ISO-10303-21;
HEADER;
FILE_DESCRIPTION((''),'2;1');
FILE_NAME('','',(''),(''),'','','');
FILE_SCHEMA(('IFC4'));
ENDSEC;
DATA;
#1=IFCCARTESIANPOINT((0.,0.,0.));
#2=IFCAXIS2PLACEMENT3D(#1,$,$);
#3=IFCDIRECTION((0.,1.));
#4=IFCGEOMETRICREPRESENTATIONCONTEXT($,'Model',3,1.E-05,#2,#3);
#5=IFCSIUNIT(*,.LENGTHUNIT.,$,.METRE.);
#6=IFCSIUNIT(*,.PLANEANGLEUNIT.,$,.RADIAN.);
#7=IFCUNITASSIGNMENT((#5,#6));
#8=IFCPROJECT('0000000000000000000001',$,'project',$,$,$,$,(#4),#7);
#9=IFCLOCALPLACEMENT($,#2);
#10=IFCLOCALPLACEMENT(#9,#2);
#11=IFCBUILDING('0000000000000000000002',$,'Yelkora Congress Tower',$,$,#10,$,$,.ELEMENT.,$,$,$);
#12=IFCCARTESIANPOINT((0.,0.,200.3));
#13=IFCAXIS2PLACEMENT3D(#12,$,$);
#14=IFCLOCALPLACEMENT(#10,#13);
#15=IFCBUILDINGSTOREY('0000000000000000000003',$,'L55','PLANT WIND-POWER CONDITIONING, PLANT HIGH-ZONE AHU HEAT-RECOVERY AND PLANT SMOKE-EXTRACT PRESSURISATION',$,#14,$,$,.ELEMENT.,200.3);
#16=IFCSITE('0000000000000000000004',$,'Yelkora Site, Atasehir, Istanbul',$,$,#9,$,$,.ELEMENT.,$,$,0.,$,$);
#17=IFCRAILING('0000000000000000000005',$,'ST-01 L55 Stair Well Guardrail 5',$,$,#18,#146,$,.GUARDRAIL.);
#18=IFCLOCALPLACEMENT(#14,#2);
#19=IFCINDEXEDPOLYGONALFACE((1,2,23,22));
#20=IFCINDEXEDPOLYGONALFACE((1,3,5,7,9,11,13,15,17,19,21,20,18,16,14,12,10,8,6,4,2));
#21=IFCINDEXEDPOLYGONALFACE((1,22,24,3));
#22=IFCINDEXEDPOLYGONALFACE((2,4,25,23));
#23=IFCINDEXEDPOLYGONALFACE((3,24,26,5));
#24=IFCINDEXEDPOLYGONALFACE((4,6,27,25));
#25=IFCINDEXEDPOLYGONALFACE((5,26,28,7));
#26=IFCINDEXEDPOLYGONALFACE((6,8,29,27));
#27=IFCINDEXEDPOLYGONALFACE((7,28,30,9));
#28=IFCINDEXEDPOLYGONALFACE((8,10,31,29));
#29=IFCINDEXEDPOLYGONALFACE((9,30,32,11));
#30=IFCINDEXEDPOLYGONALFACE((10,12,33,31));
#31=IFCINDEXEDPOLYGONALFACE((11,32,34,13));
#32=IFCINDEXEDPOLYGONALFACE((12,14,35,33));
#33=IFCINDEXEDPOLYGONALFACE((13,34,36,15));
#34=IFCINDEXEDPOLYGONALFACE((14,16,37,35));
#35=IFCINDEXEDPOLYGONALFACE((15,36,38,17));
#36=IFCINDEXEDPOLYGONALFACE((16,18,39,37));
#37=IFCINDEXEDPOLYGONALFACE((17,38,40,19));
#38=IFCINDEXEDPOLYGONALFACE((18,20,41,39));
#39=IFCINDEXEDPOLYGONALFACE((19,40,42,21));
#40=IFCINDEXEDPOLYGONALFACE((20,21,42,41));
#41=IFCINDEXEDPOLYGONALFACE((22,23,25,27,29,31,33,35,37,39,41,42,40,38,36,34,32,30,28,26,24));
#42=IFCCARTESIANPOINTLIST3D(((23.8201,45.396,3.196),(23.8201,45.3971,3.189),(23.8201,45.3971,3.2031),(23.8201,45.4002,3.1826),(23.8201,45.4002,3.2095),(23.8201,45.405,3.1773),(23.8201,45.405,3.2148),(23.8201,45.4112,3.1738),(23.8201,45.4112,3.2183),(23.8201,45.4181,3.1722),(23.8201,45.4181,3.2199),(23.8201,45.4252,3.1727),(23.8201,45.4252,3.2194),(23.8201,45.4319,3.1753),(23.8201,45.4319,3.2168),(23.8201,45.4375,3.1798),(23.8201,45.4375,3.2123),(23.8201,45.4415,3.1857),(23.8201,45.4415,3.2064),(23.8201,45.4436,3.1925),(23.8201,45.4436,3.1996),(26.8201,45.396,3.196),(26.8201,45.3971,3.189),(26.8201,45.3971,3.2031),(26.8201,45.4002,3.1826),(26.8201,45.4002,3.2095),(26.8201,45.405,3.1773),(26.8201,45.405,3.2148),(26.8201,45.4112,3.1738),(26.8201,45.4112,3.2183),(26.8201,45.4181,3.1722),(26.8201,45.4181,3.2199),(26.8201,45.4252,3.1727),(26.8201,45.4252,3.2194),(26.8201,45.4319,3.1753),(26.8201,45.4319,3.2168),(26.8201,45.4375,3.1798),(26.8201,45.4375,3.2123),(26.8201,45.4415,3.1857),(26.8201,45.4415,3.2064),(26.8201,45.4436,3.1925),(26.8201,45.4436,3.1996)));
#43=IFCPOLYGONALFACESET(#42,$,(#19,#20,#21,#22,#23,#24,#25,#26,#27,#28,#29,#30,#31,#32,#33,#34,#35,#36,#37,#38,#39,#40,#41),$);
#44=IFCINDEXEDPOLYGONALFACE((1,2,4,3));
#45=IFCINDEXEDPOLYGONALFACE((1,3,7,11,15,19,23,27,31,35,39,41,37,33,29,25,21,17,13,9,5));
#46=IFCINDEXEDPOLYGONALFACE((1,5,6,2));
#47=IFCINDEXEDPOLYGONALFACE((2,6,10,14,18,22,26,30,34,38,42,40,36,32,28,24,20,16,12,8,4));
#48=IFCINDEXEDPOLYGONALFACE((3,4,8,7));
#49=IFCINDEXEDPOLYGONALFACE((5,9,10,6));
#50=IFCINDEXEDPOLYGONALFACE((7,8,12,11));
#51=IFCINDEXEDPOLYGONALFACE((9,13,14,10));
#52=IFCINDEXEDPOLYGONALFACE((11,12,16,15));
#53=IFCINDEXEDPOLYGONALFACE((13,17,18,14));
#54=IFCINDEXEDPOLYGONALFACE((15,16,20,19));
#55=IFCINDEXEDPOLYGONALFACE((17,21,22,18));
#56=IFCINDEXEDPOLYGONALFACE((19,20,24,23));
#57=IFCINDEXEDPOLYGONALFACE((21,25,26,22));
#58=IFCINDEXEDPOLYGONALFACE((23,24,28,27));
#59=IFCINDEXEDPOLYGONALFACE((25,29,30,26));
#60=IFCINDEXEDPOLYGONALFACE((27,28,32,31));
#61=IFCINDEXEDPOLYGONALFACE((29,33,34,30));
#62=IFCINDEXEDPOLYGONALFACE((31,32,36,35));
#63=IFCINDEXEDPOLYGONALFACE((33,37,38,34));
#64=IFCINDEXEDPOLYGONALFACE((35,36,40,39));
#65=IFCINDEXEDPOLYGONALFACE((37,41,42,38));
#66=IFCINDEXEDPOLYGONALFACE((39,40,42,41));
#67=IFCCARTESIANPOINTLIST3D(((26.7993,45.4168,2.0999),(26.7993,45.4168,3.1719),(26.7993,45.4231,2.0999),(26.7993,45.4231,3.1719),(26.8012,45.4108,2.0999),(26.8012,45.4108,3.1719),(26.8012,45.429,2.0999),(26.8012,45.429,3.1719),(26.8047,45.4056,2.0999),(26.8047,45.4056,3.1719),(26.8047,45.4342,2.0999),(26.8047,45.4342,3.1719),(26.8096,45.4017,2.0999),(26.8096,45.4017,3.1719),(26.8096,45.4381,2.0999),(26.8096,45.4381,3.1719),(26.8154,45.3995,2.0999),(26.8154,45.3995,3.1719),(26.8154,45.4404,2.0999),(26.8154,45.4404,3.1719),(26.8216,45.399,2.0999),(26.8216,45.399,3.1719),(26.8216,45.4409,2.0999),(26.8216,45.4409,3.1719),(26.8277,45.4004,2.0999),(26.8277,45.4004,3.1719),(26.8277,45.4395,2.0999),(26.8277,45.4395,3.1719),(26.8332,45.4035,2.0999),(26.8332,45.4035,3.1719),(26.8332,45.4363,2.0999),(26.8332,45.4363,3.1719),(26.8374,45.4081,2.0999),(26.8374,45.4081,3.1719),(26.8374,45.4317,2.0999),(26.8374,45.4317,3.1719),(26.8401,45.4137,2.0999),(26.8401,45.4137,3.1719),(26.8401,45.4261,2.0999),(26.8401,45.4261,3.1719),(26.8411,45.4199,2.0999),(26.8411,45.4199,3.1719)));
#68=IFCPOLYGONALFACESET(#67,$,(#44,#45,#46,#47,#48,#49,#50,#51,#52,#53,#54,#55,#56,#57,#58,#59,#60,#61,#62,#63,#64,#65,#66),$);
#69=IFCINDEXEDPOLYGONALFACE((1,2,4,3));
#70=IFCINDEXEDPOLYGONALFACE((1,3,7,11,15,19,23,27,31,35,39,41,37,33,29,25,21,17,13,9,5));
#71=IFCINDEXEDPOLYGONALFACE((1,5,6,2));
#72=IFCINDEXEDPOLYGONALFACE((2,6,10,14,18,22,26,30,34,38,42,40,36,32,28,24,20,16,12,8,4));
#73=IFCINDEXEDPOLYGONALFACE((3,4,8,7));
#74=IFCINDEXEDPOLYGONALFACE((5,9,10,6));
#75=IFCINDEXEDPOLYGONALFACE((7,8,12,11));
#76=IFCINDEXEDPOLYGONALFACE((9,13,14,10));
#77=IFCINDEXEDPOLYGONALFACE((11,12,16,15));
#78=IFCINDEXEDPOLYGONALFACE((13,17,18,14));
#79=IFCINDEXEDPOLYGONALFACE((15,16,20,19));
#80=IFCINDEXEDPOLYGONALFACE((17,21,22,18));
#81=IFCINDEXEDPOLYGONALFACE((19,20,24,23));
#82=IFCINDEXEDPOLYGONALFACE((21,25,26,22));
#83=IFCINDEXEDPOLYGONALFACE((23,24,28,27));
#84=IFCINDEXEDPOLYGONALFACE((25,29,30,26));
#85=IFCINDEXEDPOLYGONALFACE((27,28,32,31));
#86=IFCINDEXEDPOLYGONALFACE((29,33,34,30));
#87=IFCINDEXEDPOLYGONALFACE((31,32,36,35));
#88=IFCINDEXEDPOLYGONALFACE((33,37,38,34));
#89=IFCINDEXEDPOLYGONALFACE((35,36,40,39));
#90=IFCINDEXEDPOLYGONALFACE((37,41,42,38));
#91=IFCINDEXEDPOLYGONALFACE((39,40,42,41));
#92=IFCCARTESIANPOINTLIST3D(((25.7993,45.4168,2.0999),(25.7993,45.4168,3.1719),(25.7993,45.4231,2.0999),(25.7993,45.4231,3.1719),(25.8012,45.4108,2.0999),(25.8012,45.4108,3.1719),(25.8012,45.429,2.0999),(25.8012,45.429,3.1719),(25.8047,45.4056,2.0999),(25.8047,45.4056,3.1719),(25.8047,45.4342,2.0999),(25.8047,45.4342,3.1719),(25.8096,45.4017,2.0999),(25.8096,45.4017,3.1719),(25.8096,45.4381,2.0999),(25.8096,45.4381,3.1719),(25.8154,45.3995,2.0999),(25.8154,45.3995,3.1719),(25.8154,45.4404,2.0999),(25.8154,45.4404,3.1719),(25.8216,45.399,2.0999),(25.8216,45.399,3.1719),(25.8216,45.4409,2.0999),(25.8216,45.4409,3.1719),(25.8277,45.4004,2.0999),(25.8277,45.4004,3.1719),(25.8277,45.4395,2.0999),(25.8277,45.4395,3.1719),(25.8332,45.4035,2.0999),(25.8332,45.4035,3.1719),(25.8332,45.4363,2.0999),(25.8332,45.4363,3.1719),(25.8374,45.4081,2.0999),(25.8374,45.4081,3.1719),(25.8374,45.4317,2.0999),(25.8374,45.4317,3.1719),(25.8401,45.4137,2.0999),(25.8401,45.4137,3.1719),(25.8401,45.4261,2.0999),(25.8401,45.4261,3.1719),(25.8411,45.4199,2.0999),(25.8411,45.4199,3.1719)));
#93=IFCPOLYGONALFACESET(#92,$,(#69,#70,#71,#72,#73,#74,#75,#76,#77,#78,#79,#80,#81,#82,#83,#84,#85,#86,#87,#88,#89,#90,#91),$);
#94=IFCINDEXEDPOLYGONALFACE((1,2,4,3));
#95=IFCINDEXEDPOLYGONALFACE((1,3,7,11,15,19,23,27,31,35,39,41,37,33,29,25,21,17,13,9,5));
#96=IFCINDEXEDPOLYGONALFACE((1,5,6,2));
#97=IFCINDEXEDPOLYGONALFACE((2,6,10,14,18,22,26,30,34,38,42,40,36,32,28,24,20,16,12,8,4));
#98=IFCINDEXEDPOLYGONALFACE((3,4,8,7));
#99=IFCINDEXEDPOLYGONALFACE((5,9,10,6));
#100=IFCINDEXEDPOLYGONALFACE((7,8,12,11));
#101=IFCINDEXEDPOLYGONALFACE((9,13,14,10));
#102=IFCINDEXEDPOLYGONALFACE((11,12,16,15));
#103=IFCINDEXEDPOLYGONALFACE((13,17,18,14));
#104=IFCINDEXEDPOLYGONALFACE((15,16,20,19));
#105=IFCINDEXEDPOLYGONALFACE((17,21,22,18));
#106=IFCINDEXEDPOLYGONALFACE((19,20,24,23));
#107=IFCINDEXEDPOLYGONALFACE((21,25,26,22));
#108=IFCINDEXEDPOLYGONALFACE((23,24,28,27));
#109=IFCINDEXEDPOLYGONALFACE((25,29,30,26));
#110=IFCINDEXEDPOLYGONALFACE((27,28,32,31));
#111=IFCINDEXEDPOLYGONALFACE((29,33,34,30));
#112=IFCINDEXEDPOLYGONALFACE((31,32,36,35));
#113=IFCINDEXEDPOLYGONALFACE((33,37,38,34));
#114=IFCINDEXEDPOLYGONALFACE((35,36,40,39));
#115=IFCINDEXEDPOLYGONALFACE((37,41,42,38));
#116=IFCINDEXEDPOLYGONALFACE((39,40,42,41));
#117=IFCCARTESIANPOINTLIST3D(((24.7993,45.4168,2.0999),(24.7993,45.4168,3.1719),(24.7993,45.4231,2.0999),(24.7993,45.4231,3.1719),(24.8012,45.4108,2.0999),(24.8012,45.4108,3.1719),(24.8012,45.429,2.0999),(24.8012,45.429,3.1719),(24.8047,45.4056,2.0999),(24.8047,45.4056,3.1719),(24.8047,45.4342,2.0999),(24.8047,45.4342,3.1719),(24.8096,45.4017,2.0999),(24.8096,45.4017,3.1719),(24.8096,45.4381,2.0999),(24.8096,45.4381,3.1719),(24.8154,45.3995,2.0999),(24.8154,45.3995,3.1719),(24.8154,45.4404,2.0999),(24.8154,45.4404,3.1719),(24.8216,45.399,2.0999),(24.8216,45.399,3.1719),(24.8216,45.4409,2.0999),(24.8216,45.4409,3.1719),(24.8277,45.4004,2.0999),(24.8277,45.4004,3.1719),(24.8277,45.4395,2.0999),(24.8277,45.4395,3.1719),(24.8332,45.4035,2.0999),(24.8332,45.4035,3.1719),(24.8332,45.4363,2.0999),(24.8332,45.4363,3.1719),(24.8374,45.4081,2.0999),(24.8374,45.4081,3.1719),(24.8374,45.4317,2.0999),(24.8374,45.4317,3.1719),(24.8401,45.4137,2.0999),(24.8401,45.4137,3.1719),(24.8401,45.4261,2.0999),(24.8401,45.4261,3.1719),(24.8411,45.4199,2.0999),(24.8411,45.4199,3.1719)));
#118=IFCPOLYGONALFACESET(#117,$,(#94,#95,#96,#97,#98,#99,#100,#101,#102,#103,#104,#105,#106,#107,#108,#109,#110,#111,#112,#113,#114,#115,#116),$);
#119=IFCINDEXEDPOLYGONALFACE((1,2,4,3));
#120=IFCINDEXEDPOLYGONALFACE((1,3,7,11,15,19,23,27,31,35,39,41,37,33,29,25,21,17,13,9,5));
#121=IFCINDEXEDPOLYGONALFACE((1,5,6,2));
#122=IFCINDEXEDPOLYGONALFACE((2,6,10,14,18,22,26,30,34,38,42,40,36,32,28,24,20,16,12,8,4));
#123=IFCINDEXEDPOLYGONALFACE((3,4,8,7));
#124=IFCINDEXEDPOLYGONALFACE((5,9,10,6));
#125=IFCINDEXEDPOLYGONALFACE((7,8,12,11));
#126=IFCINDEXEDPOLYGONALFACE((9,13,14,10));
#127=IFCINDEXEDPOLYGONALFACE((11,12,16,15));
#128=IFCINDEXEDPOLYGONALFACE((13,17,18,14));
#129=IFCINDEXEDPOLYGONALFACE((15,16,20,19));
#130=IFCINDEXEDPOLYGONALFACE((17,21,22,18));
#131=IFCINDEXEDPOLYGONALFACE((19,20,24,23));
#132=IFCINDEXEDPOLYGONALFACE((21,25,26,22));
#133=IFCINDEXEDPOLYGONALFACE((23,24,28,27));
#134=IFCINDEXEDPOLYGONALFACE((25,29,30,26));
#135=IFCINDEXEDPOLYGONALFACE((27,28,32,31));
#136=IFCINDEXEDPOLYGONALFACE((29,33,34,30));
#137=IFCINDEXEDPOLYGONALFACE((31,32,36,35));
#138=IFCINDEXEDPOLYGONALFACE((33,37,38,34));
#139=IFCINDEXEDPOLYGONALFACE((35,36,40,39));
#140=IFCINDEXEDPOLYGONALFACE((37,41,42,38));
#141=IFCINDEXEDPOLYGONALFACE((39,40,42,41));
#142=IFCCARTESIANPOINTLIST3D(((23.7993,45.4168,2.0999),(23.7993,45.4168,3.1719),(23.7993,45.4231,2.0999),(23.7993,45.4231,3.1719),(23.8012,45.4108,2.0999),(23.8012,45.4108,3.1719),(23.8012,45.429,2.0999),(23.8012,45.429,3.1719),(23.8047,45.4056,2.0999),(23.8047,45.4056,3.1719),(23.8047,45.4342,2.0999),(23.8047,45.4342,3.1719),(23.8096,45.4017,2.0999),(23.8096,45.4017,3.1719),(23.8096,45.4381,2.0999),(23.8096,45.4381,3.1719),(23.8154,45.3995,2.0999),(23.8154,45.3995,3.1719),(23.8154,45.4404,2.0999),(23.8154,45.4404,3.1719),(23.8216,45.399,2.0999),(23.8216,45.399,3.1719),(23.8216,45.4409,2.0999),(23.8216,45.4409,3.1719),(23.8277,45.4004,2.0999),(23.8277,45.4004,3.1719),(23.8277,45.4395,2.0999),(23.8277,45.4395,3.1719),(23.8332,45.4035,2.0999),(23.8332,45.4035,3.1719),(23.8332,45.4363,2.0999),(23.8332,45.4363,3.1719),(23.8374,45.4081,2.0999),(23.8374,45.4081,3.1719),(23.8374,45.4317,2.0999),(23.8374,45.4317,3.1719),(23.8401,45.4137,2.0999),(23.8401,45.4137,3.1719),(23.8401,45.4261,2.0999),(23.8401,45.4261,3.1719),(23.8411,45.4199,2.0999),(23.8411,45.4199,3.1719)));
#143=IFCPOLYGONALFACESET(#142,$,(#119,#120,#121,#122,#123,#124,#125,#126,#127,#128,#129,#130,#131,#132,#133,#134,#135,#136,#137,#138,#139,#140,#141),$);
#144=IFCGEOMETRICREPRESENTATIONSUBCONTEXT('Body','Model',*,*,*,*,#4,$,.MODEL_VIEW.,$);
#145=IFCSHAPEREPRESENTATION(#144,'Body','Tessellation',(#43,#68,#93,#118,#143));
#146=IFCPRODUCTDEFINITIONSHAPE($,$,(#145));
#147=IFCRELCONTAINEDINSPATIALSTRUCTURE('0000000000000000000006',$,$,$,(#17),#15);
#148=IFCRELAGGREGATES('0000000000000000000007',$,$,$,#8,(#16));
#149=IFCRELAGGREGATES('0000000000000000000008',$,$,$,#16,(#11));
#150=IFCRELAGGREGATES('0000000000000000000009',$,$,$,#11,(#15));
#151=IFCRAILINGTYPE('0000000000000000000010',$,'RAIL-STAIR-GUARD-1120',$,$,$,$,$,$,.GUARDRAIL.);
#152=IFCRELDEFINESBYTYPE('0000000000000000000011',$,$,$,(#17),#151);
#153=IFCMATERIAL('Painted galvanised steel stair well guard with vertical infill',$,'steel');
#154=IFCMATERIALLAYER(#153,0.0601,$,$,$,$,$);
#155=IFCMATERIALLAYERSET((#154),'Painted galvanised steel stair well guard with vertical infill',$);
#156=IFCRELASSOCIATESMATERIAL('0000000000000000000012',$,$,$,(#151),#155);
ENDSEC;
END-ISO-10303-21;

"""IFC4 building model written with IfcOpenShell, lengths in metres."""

from ifc_helpers import new_model, si_unit, direction, frame, origin, origin_2d, place, context, subcontext, project, spatial, circle, extrude, material, layer, layer_set, type_object, element, save


model = new_model("IFC4")

# Units and contexts
model_context = context("Model", 3, precision=1e-05, world=origin(), true_north=direction((0.0, 1.0)))
body_context = subcontext(model_context, "Body", "Model", "MODEL_VIEW")
ifc_project = project(units=[si_unit("LENGTHUNIT", "METRE"), si_unit("PLANEANGLEUNIT", "RADIAN")], contexts=[model_context])

# Site, building, storey
site_placement = place(None, origin())
site = spatial("IfcSite", under=ifc_project, at=site_placement, Name="Yelkora Site, Atasehir, Istanbul", CompositionType="ELEMENT", RefElevation=0.0)
building_placement = place(site_placement, origin())
building = spatial("IfcBuilding", under=site, at=building_placement, Name="Yelkora Congress Tower", CompositionType="ELEMENT")
storey_placement = place(building_placement, frame((0.0, 0.0, 200.3)))
storey = spatial("IfcBuildingStorey", under=building, at=storey_placement, Name="L55", Description="PLANT WIND-POWER CONDITIONING, PLANT HIGH-ZONE AHU HEAT-RECOVERY AND PLANT SMOKE-EXTRACT PRESSURISATION", CompositionType="ELEMENT", Elevation=200.3)

# Railing
ifc_material_1 = material(Name="Painted galvanised steel stair well guard with vertical infill", Category="steel")
ifc_layer_1 = layer(ifc_material_1, 0.0601)
ifc_layer_set_1 = layer_set([ifc_layer_1], Name="Painted galvanised steel stair well guard with vertical infill")
railing_type_1 = type_object("IfcRailingType", Name="RAIL-STAIR-GUARD-1120", PredefinedType="GUARDRAIL", material=ifc_layer_set_1)
railing_1_placement = place(storey_placement, frame((26.8201, 45.4199, 2.0999)))
element("IfcRailing", 1, at=railing_1_placement, inside=storey, type_object=railing_type_1, Name="ST-01 L55 Stair Well Guardrail 5", PredefinedType="GUARDRAIL", context=body_context, shape_type="SweptSolid", body=[
    extrude(circle(Radius=0.0239, at=origin_2d()), frame((0.0, 0.0, 1.0962), z_axis=(-1.0, 0.0, 0.0), x_axis=(0.0, -1.0, 0.0)), (0.0, 0.0, 1.0), 3.0),
    extrude(circle(Radius=0.021, at=origin_2d()), origin(), (0.0, 0.0, 1.0), 1.072),
    extrude(circle(Radius=0.021, at=origin_2d()), frame((-1.0, 0.0, 0.0)), (0.0, 0.0, 1.0), 1.072),
    extrude(circle(Radius=0.021, at=origin_2d()), frame((-2.0, 0.0, 0.0)), (0.0, 0.0, 1.0), 1.072),
    extrude(circle(Radius=0.021, at=origin_2d()), frame((-3.0, 0.0, 0.0)), (0.0, 0.0, 1.0), 1.072),
])

save(model, "model.ifc")
